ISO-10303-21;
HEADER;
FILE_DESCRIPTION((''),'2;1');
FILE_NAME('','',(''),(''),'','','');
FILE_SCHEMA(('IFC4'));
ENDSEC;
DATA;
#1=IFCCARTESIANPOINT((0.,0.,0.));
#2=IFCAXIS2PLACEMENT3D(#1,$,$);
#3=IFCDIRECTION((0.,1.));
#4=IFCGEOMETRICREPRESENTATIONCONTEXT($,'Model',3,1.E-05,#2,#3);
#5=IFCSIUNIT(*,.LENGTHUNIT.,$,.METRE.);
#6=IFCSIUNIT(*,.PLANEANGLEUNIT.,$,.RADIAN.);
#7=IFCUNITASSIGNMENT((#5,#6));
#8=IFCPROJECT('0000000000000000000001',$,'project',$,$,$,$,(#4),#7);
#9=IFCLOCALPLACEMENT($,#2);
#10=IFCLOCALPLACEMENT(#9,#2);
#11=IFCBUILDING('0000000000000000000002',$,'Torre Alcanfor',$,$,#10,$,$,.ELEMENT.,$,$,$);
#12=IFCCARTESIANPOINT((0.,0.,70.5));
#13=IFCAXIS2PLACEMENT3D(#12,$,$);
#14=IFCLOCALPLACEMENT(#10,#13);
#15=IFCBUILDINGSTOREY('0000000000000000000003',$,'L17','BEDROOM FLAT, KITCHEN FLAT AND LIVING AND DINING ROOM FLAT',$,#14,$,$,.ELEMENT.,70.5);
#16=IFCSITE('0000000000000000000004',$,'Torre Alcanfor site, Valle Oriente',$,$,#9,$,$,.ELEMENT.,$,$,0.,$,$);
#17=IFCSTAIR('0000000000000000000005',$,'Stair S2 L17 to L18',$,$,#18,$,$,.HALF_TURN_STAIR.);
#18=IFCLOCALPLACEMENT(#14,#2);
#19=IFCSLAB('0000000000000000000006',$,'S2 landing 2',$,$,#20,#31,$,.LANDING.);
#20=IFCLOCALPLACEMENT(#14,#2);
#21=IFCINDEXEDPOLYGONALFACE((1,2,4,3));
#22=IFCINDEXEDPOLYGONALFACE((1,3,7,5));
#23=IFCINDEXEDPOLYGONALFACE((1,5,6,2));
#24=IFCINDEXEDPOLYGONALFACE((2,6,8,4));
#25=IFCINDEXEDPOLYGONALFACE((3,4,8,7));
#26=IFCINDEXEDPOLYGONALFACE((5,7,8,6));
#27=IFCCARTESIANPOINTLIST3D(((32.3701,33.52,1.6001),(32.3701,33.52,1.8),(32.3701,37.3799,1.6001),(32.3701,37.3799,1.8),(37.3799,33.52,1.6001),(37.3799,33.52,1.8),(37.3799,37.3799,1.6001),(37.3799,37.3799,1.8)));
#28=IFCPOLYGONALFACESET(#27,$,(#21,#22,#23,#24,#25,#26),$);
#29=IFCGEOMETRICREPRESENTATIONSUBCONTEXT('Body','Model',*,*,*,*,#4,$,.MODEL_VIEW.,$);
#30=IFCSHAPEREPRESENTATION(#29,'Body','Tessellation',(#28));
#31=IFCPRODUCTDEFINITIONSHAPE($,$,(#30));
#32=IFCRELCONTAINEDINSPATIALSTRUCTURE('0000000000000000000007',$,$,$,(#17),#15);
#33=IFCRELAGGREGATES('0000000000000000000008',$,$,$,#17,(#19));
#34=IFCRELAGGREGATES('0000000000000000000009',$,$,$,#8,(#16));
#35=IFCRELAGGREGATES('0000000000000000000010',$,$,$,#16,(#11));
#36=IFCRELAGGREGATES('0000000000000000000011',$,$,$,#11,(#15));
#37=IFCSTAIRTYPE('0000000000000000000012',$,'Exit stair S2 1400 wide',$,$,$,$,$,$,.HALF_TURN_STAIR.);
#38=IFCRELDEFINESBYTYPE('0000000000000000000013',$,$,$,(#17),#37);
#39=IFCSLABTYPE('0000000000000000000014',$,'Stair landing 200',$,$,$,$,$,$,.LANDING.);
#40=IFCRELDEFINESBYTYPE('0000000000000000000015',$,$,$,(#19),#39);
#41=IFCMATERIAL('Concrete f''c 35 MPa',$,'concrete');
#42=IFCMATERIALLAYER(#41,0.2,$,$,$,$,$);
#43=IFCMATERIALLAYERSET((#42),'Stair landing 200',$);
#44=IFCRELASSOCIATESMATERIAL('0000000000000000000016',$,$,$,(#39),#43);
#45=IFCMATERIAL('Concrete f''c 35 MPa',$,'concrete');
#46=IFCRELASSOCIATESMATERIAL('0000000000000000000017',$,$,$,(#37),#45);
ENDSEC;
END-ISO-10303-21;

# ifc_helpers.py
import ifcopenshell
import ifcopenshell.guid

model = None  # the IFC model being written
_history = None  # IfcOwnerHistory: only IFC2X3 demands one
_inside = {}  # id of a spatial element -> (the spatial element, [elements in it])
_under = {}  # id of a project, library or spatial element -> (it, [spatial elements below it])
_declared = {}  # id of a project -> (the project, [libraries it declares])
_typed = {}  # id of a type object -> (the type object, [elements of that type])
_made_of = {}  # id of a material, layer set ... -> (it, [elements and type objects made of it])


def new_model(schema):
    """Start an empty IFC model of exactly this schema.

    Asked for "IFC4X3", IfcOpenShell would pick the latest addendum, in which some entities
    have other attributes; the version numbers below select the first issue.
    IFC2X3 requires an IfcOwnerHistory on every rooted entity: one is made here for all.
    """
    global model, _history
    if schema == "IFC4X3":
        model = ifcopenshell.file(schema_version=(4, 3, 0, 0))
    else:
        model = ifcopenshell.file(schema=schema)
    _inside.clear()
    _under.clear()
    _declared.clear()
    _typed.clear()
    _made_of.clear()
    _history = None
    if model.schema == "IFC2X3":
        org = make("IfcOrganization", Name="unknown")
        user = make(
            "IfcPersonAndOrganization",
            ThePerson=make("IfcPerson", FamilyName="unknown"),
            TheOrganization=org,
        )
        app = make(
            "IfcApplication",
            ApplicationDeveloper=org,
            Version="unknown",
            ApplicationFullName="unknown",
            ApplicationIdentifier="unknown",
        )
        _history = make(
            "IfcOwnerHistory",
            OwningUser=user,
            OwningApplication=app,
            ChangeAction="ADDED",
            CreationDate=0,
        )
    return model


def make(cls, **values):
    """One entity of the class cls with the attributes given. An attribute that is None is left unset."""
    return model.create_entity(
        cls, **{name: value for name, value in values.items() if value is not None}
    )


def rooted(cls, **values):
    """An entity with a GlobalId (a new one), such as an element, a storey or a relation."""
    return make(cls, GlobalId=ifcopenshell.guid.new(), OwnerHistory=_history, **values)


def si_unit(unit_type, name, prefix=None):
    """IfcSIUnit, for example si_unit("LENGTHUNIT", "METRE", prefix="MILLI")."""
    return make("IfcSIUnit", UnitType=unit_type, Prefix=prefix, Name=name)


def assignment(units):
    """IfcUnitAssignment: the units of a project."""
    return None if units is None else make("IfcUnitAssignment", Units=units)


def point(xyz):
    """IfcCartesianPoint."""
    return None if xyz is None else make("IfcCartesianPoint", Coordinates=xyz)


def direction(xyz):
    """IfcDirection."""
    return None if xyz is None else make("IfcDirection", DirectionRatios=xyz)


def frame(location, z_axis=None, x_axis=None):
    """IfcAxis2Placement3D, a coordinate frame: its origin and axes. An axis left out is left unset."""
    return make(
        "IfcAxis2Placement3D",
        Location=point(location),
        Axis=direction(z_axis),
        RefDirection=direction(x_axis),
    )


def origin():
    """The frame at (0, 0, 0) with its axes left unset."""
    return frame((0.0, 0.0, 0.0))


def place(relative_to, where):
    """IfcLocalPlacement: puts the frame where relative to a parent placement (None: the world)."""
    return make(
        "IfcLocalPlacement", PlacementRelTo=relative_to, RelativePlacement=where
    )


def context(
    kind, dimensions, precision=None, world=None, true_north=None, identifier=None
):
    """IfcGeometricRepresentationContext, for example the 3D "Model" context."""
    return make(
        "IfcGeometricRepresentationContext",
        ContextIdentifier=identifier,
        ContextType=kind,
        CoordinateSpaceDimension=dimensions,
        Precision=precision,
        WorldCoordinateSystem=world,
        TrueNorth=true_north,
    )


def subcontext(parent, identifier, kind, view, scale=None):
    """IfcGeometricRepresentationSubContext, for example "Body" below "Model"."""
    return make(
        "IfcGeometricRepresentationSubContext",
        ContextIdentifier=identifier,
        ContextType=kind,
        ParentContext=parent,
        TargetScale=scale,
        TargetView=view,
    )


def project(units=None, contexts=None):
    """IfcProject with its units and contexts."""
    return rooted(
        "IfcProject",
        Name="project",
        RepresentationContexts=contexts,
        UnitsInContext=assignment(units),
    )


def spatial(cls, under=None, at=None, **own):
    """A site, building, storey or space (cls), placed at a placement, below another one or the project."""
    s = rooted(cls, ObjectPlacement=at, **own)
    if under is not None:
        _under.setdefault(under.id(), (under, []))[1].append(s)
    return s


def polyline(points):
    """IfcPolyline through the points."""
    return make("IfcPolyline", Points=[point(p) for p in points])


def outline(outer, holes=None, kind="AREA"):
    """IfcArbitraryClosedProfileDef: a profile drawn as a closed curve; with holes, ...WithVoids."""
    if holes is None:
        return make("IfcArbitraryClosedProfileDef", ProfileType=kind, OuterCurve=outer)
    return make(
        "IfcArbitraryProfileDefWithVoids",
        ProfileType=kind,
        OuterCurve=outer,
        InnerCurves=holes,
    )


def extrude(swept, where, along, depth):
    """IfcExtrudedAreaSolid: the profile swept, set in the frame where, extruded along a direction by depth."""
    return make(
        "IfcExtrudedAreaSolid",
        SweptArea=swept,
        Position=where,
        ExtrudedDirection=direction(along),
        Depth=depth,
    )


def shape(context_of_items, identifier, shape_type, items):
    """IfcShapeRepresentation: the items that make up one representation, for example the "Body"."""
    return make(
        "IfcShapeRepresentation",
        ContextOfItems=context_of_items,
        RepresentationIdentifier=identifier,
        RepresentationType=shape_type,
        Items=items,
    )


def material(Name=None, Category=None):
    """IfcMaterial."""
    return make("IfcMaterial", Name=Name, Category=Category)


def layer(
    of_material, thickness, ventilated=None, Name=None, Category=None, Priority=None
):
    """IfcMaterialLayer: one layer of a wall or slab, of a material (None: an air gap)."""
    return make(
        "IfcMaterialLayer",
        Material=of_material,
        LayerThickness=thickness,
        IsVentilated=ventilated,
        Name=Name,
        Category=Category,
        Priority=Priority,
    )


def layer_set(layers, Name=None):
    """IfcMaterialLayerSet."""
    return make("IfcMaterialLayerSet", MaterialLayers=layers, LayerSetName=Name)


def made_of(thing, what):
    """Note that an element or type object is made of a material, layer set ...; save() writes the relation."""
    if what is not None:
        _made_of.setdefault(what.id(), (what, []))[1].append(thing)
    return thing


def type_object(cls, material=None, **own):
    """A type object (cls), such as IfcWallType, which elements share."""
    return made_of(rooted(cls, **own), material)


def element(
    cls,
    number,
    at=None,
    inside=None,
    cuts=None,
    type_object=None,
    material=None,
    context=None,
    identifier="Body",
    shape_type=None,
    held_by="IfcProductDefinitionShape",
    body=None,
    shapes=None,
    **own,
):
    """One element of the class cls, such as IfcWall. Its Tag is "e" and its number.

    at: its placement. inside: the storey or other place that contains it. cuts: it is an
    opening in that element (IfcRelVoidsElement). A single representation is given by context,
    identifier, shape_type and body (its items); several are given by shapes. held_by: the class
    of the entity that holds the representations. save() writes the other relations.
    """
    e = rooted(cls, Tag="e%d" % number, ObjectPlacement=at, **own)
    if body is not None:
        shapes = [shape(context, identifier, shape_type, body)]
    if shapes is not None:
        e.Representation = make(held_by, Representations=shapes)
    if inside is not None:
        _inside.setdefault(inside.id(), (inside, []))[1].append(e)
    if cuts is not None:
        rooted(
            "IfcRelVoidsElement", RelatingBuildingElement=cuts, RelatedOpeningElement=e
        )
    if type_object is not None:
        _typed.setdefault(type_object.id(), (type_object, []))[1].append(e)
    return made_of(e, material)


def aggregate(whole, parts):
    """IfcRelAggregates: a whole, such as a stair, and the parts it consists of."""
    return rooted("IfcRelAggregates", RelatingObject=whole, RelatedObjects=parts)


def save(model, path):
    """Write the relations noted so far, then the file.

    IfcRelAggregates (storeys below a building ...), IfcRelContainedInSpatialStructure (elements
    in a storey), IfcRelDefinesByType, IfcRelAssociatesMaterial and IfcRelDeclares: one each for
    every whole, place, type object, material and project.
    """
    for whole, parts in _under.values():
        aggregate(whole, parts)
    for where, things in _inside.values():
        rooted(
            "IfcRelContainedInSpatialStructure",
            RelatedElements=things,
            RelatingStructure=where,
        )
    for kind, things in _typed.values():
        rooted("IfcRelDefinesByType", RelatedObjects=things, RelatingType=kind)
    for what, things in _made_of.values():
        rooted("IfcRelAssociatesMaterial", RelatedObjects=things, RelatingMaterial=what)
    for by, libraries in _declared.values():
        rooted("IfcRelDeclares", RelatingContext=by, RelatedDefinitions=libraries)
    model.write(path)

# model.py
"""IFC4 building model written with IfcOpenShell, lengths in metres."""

from ifc_helpers import new_model, si_unit, direction, frame, origin, place, context, subcontext, project, spatial, polyline, outline, extrude, material, layer, layer_set, type_object, element, aggregate, save


model = new_model("IFC4")

# Units and contexts
model_context = context("Model", 3, precision=1e-05, world=origin(), true_north=direction((0.0, 1.0)))
body_context = subcontext(model_context, "Body", "Model", "MODEL_VIEW")
ifc_project = project(units=[si_unit("LENGTHUNIT", "METRE"), si_unit("PLANEANGLEUNIT", "RADIAN")], contexts=[model_context])

# Site, building, storey
site_placement = place(None, origin())
site = spatial("IfcSite", under=ifc_project, at=site_placement, Name="Torre Alcanfor site, Valle Oriente", CompositionType="ELEMENT", RefElevation=0.0)
building_placement = place(site_placement, origin())
building = spatial("IfcBuilding", under=site, at=building_placement, Name="Torre Alcanfor", CompositionType="ELEMENT")
storey_placement = place(building_placement, frame((0.0, 0.0, 70.5)))
storey = spatial("IfcBuildingStorey", under=building, at=storey_placement, Name="L17", Description="BEDROOM FLAT, KITCHEN FLAT AND LIVING AND DINING ROOM FLAT", CompositionType="ELEMENT", Elevation=70.5)

# Stair, slab
ifc_material_1 = material(Name="Concrete f'c 35 MPa", Category="concrete")
ifc_layer_1 = layer(ifc_material_1, 0.2)
ifc_layer_set_1 = layer_set([ifc_layer_1], Name="Stair landing 200")
slab_type_1 = type_object("IfcSlabType", Name="Stair landing 200", PredefinedType="LANDING", material=ifc_layer_set_1)
ifc_material_2 = material(Name="Concrete f'c 35 MPa", Category="concrete")
stair_type_1 = type_object("IfcStairType", Name="Exit stair S2 1400 wide", PredefinedType="HALF_TURN_STAIR", material=ifc_material_2)
stair_1_placement = place(storey_placement, origin())
stair_1 = element("IfcStair", 1, at=stair_1_placement, inside=storey, type_object=stair_type_1, Name="Stair S2 L17 to L18", PredefinedType="HALF_TURN_STAIR")
slab_1_placement = place(storey_placement, frame((0.0, 0.0, 1.6001)))
slab_1 = element("IfcSlab", 2, at=slab_1_placement, type_object=slab_type_1, Name="S2 landing 2", PredefinedType="LANDING", context=body_context, shape_type="SweptSolid", body=[
    extrude(outline(polyline([(32.3701, 33.52), (37.3799, 33.52), (37.3799, 37.3799), (32.3701, 37.3799), (32.3701, 33.52)])), origin(), (0.0, 0.0, 1.0), 0.2),
])
aggregate(stair_1, [slab_1])

save(model, "model.ifc")
